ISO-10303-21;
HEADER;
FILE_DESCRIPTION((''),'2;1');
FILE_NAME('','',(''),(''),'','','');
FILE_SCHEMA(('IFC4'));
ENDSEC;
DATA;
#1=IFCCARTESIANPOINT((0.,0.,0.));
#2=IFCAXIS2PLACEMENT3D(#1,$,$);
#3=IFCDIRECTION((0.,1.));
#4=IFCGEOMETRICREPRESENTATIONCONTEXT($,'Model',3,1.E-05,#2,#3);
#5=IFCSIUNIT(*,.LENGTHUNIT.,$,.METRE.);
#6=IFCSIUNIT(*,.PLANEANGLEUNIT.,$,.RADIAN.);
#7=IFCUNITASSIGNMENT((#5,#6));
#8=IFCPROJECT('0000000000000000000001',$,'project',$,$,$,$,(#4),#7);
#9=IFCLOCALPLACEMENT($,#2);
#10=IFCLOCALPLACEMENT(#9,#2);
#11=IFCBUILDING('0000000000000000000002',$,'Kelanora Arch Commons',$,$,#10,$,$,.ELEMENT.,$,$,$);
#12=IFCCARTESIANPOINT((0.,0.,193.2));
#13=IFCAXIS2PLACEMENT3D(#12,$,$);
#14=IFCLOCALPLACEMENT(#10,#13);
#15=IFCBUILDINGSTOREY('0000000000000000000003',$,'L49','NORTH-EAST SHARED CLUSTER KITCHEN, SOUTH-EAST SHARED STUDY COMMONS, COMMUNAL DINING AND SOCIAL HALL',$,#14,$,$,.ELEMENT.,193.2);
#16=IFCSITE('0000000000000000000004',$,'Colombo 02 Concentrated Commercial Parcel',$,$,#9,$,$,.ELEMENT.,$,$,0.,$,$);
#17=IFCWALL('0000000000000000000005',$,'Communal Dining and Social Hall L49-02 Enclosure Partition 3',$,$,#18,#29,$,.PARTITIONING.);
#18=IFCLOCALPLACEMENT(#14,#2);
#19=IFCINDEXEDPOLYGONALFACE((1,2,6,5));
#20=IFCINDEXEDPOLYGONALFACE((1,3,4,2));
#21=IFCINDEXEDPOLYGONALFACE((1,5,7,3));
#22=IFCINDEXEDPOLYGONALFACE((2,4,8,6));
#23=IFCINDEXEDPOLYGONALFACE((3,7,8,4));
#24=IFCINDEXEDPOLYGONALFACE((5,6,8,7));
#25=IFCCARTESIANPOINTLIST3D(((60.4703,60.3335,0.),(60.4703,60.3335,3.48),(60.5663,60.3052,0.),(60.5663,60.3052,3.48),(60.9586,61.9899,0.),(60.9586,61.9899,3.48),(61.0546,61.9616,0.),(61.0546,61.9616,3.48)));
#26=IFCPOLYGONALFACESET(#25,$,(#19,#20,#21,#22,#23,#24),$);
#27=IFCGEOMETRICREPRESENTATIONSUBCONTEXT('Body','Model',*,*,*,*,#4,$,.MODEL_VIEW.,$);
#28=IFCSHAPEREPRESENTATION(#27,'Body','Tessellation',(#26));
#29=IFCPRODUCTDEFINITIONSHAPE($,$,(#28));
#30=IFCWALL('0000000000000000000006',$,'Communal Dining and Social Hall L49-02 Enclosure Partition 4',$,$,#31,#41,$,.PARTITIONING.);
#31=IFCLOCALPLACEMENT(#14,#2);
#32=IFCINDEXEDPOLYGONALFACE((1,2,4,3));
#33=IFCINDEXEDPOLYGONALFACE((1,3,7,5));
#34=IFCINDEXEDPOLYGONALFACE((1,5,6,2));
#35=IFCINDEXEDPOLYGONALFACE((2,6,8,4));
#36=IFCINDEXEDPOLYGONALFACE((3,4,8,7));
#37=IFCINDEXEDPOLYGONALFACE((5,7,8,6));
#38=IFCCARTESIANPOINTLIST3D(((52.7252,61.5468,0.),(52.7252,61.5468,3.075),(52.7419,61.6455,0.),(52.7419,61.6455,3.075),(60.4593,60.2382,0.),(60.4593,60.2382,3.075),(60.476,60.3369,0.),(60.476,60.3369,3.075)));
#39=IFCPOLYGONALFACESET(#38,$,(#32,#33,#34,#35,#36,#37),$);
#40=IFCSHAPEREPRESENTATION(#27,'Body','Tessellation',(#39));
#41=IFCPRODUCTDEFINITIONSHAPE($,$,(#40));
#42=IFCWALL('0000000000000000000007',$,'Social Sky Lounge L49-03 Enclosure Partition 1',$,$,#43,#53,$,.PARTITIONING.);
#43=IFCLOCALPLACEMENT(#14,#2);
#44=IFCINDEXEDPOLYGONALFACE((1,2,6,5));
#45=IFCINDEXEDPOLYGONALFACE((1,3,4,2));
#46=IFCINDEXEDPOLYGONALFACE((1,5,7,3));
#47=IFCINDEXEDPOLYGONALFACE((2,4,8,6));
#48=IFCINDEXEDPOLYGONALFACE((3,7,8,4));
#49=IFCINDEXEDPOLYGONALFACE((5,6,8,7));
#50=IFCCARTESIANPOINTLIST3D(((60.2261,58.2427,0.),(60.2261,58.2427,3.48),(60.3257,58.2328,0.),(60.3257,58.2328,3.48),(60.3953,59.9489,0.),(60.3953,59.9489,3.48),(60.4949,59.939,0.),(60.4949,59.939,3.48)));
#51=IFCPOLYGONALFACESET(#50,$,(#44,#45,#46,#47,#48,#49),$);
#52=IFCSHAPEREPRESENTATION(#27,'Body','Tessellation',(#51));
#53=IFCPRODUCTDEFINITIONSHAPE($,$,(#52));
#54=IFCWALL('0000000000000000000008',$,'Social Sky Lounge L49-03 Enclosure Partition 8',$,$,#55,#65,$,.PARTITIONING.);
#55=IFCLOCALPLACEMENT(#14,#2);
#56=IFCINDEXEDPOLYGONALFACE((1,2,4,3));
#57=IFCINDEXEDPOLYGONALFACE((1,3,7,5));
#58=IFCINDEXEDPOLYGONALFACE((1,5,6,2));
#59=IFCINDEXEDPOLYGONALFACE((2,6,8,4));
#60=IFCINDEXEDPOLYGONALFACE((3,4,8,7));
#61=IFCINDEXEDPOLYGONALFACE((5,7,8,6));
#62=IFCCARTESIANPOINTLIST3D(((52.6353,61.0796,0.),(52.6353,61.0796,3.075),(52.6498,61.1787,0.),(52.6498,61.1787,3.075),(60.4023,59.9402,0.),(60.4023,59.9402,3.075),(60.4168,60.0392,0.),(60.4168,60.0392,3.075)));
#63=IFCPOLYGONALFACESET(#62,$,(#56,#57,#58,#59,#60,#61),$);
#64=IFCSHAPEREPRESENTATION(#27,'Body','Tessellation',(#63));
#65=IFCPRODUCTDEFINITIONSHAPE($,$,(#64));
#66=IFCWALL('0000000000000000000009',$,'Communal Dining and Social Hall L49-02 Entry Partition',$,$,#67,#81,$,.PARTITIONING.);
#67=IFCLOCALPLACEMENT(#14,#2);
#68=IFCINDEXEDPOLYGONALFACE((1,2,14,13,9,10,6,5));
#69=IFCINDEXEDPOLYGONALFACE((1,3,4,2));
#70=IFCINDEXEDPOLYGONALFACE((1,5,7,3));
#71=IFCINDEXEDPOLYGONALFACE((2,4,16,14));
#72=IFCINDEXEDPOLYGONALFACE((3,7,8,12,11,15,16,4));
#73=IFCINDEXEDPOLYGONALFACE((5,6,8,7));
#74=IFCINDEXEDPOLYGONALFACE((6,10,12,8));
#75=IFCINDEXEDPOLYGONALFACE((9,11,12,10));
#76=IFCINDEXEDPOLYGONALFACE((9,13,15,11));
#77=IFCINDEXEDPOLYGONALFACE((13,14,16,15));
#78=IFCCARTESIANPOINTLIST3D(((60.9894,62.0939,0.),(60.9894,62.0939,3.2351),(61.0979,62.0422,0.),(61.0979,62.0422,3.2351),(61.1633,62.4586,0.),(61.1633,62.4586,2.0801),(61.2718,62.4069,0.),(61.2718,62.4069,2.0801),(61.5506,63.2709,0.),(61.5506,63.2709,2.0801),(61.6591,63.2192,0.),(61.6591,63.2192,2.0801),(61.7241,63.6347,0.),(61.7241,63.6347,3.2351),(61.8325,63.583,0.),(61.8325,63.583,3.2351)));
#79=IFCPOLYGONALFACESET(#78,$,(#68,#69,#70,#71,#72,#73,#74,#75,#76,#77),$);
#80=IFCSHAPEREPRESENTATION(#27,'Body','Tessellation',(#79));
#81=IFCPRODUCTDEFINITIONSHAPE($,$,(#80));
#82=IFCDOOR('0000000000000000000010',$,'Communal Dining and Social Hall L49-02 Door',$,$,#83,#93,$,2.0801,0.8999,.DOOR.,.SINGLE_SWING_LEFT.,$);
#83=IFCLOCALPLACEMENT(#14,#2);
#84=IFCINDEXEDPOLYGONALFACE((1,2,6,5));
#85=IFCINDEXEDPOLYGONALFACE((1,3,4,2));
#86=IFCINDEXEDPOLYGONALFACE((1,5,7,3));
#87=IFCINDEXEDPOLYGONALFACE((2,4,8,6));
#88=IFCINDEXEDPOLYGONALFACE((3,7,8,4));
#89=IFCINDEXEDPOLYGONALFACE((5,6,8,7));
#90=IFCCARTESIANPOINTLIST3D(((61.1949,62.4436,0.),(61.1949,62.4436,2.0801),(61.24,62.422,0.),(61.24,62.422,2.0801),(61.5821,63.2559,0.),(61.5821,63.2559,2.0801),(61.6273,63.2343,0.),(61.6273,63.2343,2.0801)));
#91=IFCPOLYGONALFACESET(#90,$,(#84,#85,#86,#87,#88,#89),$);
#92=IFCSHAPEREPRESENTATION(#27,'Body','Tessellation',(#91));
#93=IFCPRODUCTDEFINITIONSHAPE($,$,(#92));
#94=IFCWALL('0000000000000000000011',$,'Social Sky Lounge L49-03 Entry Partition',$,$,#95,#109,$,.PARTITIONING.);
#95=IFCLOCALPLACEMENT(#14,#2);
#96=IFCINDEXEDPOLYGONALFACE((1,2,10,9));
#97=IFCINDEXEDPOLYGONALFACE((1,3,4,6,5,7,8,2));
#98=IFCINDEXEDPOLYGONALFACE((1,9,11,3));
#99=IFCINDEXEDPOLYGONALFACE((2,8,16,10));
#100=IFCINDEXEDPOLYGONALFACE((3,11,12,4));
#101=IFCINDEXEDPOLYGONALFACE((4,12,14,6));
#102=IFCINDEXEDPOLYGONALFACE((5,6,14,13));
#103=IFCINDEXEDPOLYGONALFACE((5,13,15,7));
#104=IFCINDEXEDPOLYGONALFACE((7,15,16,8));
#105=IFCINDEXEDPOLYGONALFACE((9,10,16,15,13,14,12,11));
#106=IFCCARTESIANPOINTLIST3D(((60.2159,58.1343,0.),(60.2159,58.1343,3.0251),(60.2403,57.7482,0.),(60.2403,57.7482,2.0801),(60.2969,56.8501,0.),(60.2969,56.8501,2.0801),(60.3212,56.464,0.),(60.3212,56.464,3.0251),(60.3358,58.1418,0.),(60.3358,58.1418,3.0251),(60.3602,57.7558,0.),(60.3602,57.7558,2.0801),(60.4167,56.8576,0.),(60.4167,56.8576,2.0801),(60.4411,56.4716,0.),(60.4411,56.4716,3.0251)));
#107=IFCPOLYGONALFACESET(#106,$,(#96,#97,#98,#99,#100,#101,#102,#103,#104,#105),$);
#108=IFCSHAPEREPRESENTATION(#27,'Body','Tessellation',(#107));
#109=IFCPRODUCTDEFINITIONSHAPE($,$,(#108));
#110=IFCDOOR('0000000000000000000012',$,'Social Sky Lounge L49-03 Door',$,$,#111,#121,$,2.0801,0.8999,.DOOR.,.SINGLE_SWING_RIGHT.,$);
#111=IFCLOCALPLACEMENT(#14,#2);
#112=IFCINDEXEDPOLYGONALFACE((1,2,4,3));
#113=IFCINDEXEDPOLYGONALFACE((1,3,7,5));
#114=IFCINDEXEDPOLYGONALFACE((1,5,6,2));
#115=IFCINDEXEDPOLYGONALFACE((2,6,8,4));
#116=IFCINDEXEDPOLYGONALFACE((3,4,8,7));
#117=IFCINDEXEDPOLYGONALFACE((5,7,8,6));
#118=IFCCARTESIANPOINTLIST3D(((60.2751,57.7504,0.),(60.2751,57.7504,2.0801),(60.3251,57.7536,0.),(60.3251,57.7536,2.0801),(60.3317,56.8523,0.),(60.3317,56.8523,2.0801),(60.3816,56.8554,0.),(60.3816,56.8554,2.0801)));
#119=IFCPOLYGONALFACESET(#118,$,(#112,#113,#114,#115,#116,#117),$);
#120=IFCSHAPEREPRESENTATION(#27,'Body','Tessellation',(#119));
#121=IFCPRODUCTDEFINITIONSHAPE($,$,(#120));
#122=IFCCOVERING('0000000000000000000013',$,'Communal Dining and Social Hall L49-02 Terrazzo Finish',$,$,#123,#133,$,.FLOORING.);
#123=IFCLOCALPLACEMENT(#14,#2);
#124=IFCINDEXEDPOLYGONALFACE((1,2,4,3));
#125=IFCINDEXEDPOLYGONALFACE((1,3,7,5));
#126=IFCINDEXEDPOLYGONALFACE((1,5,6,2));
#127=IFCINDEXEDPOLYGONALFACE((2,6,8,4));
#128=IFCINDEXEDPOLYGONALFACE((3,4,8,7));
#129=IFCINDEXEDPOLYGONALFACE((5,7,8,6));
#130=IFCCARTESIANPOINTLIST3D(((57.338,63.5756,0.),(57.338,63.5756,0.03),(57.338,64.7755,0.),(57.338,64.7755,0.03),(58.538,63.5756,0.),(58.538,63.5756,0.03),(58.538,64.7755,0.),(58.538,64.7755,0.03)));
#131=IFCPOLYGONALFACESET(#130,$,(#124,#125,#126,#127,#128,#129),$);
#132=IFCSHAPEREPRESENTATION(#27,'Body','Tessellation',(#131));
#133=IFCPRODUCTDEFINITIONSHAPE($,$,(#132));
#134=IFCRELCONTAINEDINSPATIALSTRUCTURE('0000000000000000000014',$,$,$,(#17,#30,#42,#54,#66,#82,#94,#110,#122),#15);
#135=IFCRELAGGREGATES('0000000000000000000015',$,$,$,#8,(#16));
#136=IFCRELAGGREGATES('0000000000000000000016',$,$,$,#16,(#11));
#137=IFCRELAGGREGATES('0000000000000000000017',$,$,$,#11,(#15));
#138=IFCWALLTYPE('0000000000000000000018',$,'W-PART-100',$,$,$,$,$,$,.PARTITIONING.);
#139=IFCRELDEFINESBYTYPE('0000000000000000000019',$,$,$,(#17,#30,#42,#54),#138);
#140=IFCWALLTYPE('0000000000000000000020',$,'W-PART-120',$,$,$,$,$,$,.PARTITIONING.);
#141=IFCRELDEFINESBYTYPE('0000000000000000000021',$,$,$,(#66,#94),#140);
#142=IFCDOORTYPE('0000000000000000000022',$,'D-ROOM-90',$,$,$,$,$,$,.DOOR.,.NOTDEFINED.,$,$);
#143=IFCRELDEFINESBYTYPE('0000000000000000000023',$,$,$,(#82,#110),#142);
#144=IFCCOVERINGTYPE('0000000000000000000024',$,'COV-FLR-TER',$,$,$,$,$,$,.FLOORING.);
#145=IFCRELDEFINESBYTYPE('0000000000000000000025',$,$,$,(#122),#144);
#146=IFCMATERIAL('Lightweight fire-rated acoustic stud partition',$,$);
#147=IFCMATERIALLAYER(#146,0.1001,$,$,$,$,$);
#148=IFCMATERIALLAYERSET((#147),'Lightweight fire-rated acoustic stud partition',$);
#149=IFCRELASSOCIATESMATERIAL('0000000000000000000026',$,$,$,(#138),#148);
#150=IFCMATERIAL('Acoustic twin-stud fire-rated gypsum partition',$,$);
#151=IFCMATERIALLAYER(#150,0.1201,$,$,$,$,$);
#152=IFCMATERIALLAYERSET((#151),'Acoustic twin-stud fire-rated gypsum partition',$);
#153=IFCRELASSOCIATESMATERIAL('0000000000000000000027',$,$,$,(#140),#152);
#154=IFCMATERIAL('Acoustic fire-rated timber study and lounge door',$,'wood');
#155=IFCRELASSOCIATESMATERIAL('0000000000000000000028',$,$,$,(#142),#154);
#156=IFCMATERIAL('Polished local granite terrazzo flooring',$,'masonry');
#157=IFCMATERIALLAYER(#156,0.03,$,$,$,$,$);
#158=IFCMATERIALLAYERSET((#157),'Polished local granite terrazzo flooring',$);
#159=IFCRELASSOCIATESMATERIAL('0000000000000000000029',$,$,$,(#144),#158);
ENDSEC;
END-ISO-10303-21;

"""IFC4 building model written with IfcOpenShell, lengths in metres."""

from ifc_helpers import new_model, si_unit, direction, frame, frame_2d, origin, origin_2d, place, context, subcontext, project, spatial, rectangle, extrude, source, transform, mapped, material, layer, layer_set, type_object, element, fill, save


model = new_model("IFC4")

# Units and contexts
model_context = context("Model", 3, precision=1e-05, world=origin(), true_north=direction((0.0, 1.0)))
body_context = subcontext(model_context, "Body", "Model", "MODEL_VIEW")
ifc_project = project(units=[si_unit("LENGTHUNIT", "METRE"), si_unit("PLANEANGLEUNIT", "RADIAN")], contexts=[model_context])

# Site, building, storey
site_placement = place(None, origin())
site = spatial("IfcSite", under=ifc_project, at=site_placement, Name="Colombo 02 Concentrated Commercial Parcel", CompositionType="ELEMENT", RefElevation=0.0)
building_placement = place(site_placement, origin())
building = spatial("IfcBuilding", under=site, at=building_placement, Name="Kelanora Arch Commons", CompositionType="ELEMENT")
storey_placement = place(building_placement, frame((0.0, 0.0, 193.2)))
storey = spatial("IfcBuildingStorey", under=building, at=storey_placement, Name="L49", Description="NORTH-EAST SHARED CLUSTER KITCHEN, SOUTH-EAST SHARED STUDY COMMONS, COMMUNAL DINING AND SOCIAL HALL", CompositionType="ELEMENT", Elevation=193.2)

# Walls
ifc_material_1 = material(Name="Lightweight fire-rated acoustic stud partition")
ifc_layer_1 = layer(ifc_material_1, 0.1001)
ifc_layer_set_1 = layer_set([ifc_layer_1], Name="Lightweight fire-rated acoustic stud partition")
wall_type_1 = type_object("IfcWallType", Name="W-PART-100", PredefinedType="PARTITIONING", material=ifc_layer_set_1)
wall_1_placement = place(storey_placement, frame((61.0066, 61.9756, 0.0), z_axis=(0.0, 0.0, 1.0), x_axis=(-0.282779, -0.959185, 0.0)))
element("IfcWall", 1, at=wall_1_placement, inside=storey, type_object=wall_type_1, Name="Communal Dining and Social Hall L49-02 Enclosure Partition 3", PredefinedType="PARTITIONING", context=body_context, shape_type="SweptSolid", body=[
    extrude(rectangle(XDim=1.7268, YDim=0.1001, at=frame_2d((0.8633, 0.0))), origin(), (0.0, 0.0, 1.0), 3.48),
])
wall_2_placement = place(storey_placement, frame((60.4675, 60.2876, 0.0), z_axis=(0.0, 0.0, 1.0), x_axis=(-0.985986, 0.166826, 0.0)))
element("IfcWall", 2, at=wall_2_placement, inside=storey, type_object=wall_type_1, Name="Communal Dining and Social Hall L49-02 Enclosure Partition 4", PredefinedType="PARTITIONING", context=body_context, shape_type="SweptSolid", body=[
    extrude(rectangle(XDim=7.844, YDim=0.1001, at=frame_2d((3.9219, 0.0))), origin(), (0.0, 0.0, 1.0), 3.075),
])
wall_3_placement = place(storey_placement, frame((60.4451, 59.9441, 0.0), z_axis=(0.0, 0.0, 1.0), x_axis=(-0.098672, -0.99512, 0.0)))
element("IfcWall", 3, at=wall_3_placement, inside=storey, type_object=wall_type_1, Name="Social Sky Lounge L49-03 Enclosure Partition 1", PredefinedType="PARTITIONING", context=body_context, shape_type="SweptSolid", body=[
    extrude(rectangle(XDim=1.7146, YDim=0.1001, at=frame_2d((0.8574, 0.0))), origin(), (0.0, 0.0, 1.0), 3.48),
])
wall_4_placement = place(storey_placement, frame((52.6426, 61.1292, 0.0), z_axis=(0.0, 0.0, 1.0), x_axis=(0.98941, -0.145147, 0.0)))
element("IfcWall", 4, at=wall_4_placement, inside=storey, type_object=wall_type_1, Name="Social Sky Lounge L49-03 Enclosure Partition 8", PredefinedType="PARTITIONING", context=body_context, shape_type="SweptSolid", body=[
    extrude(rectangle(XDim=7.8501, YDim=0.1001, at=frame_2d((3.925, 0.0))), origin(), (0.0, 0.0, 1.0), 3.075),
])

# Walls, openings, doors
ifc_material_2 = material(Name="Acoustic twin-stud fire-rated gypsum partition")
ifc_layer_2 = layer(ifc_material_2, 0.1201)
ifc_layer_set_2 = layer_set([ifc_layer_2], Name="Acoustic twin-stud fire-rated gypsum partition")
wall_type_2 = type_object("IfcWallType", Name="W-PART-120", PredefinedType="PARTITIONING", material=ifc_layer_set_2)
wall_5_placement = place(storey_placement, frame((61.7783, 63.6089, 0.0), z_axis=(0.0, 0.0, 1.0), x_axis=(-0.430372, -0.902652, 0.0)))
wall_5 = element("IfcWall", 5, at=wall_5_placement, inside=storey, type_object=wall_type_2, Name="Communal Dining and Social Hall L49-02 Entry Partition", PredefinedType="PARTITIONING", context=body_context, shape_type="SweptSolid", body=[
    extrude(rectangle(XDim=1.707, YDim=0.1201, at=frame_2d((0.8535, 0.0))), origin(), (0.0, 0.0, 1.0), 3.2351),
])
opening_1_placement = place(wall_5_placement, frame((0.4031, 0.0, 0.0)))
opening_1 = element("IfcOpeningElement", 6, at=opening_1_placement, cuts=wall_5, PredefinedType="OPENING", context=body_context, shape_type="SweptSolid", body=[
    extrude(rectangle(XDim=0.8999, YDim=2.0801, at=frame_2d((0.45, 1.04))), frame((0.0, 0.0701, 0.0), z_axis=(0.0, -1.0, 0.0), x_axis=(1.0, 0.0, 0.0)), (0.0, 0.0, 1.0), 0.1401),
])
ifc_material_3 = material(Name="Acoustic fire-rated timber study and lounge door", Category="wood")
door_type = type_object("IfcDoorType", Name="D-ROOM-90", OperationType="NOTDEFINED", PredefinedType="DOOR", material=ifc_material_3)
door_1_placement = place(opening_1_placement, origin())
door_1 = element("IfcDoor", 7, at=door_1_placement, inside=storey, type_object=door_type, Name="Communal Dining and Social Hall L49-02 Door", OperationType="SINGLE_SWING_LEFT", OverallHeight=2.0801, OverallWidth=0.8999, PredefinedType="DOOR", context=body_context, shape_type="SweptSolid", body=[
    extrude(rectangle(XDim=0.8999, YDim=2.0801, at=frame_2d((0.45, 1.04))), frame((0.0, 0.0249, 0.0), z_axis=(0.0, -1.0, 0.0), x_axis=(1.0, 0.0, 0.0)), (0.0, 0.0, 1.0), 0.05),
])
fill(opening_1, door_1)
wall_6_placement = place(storey_placement, frame((60.2759, 58.1382, 0.0), z_axis=(0.0, 0.0, 1.0), x_axis=(0.062878, -0.998021, 0.0)))
wall_6 = element("IfcWall", 8, at=wall_6_placement, inside=storey, type_object=wall_type_2, Name="Social Sky Lounge L49-03 Entry Partition", PredefinedType="PARTITIONING", context=body_context, shape_type="SweptSolid", body=[
    extrude(rectangle(XDim=1.6736, YDim=0.1201, at=frame_2d((0.8369, 0.0))), origin(), (0.0, 0.0, 1.0), 3.0251),
])
opening_2_placement = place(wall_6_placement, frame((0.387, 0.0, 0.0)))
opening_2 = element("IfcOpeningElement", 9, at=opening_2_placement, cuts=wall_6, PredefinedType="OPENING", context=body_context, shape_type="SweptSolid", body=[
    extrude(rectangle(XDim=0.8999, YDim=2.0801, at=frame_2d((0.45, 1.04))), frame((0.0, 0.0701, 0.0), z_axis=(0.0, -1.0, 0.0), x_axis=(1.0, 0.0, 0.0)), (0.0, 0.0, 1.0), 0.1401),
])
door_2_placement = place(opening_2_placement, origin())
door_2 = element("IfcDoor", 10, at=door_2_placement, inside=storey, type_object=door_type, Name="Social Sky Lounge L49-03 Door", OperationType="SINGLE_SWING_RIGHT", OverallHeight=2.0801, OverallWidth=0.8999, PredefinedType="DOOR", context=body_context, shape_type="SweptSolid", body=[
    extrude(rectangle(XDim=0.8999, YDim=2.0801, at=frame_2d((0.45, 1.04))), frame((0.0, 0.0249, 0.0), z_axis=(0.0, -1.0, 0.0), x_axis=(1.0, 0.0, 0.0)), (0.0, 0.0, 1.0), 0.05),
])
fill(opening_2, door_2)

# Covering
ifc_material_4 = material(Name="Polished local granite terrazzo flooring", Category="masonry")
ifc_layer_3 = layer(ifc_material_4, 0.03)
ifc_layer_set_3 = layer_set([ifc_layer_3], Name="Polished local granite terrazzo flooring")
covering_type = type_object("IfcCoveringType", Name="COV-FLR-TER", PredefinedType="FLOORING", material=ifc_layer_set_3)
shared_shape_1 = source(origin(), body_context, "Body", "SweptSolid", [
    extrude(rectangle(XDim=1.2, YDim=1.2, at=origin_2d()), origin(), (0.0, 0.0, 1.0), 0.03),
])
covering_placement = place(storey_placement, frame((57.938, 64.1755, 0.0), z_axis=(0.0, 0.0, 1.0), x_axis=(1.0, 0.0, 0.0)))
element("IfcCovering", 11, at=covering_placement, inside=storey, type_object=covering_type, Name="Communal Dining and Social Hall L49-02 Terrazzo Finish", PredefinedType="FLOORING", context=body_context, shape_type="MappedRepresentation", body=[
    mapped(shared_shape_1, transform((0.0, 0.0, 0.0), scale=1.0)),
])

save(model, "model.ifc")
